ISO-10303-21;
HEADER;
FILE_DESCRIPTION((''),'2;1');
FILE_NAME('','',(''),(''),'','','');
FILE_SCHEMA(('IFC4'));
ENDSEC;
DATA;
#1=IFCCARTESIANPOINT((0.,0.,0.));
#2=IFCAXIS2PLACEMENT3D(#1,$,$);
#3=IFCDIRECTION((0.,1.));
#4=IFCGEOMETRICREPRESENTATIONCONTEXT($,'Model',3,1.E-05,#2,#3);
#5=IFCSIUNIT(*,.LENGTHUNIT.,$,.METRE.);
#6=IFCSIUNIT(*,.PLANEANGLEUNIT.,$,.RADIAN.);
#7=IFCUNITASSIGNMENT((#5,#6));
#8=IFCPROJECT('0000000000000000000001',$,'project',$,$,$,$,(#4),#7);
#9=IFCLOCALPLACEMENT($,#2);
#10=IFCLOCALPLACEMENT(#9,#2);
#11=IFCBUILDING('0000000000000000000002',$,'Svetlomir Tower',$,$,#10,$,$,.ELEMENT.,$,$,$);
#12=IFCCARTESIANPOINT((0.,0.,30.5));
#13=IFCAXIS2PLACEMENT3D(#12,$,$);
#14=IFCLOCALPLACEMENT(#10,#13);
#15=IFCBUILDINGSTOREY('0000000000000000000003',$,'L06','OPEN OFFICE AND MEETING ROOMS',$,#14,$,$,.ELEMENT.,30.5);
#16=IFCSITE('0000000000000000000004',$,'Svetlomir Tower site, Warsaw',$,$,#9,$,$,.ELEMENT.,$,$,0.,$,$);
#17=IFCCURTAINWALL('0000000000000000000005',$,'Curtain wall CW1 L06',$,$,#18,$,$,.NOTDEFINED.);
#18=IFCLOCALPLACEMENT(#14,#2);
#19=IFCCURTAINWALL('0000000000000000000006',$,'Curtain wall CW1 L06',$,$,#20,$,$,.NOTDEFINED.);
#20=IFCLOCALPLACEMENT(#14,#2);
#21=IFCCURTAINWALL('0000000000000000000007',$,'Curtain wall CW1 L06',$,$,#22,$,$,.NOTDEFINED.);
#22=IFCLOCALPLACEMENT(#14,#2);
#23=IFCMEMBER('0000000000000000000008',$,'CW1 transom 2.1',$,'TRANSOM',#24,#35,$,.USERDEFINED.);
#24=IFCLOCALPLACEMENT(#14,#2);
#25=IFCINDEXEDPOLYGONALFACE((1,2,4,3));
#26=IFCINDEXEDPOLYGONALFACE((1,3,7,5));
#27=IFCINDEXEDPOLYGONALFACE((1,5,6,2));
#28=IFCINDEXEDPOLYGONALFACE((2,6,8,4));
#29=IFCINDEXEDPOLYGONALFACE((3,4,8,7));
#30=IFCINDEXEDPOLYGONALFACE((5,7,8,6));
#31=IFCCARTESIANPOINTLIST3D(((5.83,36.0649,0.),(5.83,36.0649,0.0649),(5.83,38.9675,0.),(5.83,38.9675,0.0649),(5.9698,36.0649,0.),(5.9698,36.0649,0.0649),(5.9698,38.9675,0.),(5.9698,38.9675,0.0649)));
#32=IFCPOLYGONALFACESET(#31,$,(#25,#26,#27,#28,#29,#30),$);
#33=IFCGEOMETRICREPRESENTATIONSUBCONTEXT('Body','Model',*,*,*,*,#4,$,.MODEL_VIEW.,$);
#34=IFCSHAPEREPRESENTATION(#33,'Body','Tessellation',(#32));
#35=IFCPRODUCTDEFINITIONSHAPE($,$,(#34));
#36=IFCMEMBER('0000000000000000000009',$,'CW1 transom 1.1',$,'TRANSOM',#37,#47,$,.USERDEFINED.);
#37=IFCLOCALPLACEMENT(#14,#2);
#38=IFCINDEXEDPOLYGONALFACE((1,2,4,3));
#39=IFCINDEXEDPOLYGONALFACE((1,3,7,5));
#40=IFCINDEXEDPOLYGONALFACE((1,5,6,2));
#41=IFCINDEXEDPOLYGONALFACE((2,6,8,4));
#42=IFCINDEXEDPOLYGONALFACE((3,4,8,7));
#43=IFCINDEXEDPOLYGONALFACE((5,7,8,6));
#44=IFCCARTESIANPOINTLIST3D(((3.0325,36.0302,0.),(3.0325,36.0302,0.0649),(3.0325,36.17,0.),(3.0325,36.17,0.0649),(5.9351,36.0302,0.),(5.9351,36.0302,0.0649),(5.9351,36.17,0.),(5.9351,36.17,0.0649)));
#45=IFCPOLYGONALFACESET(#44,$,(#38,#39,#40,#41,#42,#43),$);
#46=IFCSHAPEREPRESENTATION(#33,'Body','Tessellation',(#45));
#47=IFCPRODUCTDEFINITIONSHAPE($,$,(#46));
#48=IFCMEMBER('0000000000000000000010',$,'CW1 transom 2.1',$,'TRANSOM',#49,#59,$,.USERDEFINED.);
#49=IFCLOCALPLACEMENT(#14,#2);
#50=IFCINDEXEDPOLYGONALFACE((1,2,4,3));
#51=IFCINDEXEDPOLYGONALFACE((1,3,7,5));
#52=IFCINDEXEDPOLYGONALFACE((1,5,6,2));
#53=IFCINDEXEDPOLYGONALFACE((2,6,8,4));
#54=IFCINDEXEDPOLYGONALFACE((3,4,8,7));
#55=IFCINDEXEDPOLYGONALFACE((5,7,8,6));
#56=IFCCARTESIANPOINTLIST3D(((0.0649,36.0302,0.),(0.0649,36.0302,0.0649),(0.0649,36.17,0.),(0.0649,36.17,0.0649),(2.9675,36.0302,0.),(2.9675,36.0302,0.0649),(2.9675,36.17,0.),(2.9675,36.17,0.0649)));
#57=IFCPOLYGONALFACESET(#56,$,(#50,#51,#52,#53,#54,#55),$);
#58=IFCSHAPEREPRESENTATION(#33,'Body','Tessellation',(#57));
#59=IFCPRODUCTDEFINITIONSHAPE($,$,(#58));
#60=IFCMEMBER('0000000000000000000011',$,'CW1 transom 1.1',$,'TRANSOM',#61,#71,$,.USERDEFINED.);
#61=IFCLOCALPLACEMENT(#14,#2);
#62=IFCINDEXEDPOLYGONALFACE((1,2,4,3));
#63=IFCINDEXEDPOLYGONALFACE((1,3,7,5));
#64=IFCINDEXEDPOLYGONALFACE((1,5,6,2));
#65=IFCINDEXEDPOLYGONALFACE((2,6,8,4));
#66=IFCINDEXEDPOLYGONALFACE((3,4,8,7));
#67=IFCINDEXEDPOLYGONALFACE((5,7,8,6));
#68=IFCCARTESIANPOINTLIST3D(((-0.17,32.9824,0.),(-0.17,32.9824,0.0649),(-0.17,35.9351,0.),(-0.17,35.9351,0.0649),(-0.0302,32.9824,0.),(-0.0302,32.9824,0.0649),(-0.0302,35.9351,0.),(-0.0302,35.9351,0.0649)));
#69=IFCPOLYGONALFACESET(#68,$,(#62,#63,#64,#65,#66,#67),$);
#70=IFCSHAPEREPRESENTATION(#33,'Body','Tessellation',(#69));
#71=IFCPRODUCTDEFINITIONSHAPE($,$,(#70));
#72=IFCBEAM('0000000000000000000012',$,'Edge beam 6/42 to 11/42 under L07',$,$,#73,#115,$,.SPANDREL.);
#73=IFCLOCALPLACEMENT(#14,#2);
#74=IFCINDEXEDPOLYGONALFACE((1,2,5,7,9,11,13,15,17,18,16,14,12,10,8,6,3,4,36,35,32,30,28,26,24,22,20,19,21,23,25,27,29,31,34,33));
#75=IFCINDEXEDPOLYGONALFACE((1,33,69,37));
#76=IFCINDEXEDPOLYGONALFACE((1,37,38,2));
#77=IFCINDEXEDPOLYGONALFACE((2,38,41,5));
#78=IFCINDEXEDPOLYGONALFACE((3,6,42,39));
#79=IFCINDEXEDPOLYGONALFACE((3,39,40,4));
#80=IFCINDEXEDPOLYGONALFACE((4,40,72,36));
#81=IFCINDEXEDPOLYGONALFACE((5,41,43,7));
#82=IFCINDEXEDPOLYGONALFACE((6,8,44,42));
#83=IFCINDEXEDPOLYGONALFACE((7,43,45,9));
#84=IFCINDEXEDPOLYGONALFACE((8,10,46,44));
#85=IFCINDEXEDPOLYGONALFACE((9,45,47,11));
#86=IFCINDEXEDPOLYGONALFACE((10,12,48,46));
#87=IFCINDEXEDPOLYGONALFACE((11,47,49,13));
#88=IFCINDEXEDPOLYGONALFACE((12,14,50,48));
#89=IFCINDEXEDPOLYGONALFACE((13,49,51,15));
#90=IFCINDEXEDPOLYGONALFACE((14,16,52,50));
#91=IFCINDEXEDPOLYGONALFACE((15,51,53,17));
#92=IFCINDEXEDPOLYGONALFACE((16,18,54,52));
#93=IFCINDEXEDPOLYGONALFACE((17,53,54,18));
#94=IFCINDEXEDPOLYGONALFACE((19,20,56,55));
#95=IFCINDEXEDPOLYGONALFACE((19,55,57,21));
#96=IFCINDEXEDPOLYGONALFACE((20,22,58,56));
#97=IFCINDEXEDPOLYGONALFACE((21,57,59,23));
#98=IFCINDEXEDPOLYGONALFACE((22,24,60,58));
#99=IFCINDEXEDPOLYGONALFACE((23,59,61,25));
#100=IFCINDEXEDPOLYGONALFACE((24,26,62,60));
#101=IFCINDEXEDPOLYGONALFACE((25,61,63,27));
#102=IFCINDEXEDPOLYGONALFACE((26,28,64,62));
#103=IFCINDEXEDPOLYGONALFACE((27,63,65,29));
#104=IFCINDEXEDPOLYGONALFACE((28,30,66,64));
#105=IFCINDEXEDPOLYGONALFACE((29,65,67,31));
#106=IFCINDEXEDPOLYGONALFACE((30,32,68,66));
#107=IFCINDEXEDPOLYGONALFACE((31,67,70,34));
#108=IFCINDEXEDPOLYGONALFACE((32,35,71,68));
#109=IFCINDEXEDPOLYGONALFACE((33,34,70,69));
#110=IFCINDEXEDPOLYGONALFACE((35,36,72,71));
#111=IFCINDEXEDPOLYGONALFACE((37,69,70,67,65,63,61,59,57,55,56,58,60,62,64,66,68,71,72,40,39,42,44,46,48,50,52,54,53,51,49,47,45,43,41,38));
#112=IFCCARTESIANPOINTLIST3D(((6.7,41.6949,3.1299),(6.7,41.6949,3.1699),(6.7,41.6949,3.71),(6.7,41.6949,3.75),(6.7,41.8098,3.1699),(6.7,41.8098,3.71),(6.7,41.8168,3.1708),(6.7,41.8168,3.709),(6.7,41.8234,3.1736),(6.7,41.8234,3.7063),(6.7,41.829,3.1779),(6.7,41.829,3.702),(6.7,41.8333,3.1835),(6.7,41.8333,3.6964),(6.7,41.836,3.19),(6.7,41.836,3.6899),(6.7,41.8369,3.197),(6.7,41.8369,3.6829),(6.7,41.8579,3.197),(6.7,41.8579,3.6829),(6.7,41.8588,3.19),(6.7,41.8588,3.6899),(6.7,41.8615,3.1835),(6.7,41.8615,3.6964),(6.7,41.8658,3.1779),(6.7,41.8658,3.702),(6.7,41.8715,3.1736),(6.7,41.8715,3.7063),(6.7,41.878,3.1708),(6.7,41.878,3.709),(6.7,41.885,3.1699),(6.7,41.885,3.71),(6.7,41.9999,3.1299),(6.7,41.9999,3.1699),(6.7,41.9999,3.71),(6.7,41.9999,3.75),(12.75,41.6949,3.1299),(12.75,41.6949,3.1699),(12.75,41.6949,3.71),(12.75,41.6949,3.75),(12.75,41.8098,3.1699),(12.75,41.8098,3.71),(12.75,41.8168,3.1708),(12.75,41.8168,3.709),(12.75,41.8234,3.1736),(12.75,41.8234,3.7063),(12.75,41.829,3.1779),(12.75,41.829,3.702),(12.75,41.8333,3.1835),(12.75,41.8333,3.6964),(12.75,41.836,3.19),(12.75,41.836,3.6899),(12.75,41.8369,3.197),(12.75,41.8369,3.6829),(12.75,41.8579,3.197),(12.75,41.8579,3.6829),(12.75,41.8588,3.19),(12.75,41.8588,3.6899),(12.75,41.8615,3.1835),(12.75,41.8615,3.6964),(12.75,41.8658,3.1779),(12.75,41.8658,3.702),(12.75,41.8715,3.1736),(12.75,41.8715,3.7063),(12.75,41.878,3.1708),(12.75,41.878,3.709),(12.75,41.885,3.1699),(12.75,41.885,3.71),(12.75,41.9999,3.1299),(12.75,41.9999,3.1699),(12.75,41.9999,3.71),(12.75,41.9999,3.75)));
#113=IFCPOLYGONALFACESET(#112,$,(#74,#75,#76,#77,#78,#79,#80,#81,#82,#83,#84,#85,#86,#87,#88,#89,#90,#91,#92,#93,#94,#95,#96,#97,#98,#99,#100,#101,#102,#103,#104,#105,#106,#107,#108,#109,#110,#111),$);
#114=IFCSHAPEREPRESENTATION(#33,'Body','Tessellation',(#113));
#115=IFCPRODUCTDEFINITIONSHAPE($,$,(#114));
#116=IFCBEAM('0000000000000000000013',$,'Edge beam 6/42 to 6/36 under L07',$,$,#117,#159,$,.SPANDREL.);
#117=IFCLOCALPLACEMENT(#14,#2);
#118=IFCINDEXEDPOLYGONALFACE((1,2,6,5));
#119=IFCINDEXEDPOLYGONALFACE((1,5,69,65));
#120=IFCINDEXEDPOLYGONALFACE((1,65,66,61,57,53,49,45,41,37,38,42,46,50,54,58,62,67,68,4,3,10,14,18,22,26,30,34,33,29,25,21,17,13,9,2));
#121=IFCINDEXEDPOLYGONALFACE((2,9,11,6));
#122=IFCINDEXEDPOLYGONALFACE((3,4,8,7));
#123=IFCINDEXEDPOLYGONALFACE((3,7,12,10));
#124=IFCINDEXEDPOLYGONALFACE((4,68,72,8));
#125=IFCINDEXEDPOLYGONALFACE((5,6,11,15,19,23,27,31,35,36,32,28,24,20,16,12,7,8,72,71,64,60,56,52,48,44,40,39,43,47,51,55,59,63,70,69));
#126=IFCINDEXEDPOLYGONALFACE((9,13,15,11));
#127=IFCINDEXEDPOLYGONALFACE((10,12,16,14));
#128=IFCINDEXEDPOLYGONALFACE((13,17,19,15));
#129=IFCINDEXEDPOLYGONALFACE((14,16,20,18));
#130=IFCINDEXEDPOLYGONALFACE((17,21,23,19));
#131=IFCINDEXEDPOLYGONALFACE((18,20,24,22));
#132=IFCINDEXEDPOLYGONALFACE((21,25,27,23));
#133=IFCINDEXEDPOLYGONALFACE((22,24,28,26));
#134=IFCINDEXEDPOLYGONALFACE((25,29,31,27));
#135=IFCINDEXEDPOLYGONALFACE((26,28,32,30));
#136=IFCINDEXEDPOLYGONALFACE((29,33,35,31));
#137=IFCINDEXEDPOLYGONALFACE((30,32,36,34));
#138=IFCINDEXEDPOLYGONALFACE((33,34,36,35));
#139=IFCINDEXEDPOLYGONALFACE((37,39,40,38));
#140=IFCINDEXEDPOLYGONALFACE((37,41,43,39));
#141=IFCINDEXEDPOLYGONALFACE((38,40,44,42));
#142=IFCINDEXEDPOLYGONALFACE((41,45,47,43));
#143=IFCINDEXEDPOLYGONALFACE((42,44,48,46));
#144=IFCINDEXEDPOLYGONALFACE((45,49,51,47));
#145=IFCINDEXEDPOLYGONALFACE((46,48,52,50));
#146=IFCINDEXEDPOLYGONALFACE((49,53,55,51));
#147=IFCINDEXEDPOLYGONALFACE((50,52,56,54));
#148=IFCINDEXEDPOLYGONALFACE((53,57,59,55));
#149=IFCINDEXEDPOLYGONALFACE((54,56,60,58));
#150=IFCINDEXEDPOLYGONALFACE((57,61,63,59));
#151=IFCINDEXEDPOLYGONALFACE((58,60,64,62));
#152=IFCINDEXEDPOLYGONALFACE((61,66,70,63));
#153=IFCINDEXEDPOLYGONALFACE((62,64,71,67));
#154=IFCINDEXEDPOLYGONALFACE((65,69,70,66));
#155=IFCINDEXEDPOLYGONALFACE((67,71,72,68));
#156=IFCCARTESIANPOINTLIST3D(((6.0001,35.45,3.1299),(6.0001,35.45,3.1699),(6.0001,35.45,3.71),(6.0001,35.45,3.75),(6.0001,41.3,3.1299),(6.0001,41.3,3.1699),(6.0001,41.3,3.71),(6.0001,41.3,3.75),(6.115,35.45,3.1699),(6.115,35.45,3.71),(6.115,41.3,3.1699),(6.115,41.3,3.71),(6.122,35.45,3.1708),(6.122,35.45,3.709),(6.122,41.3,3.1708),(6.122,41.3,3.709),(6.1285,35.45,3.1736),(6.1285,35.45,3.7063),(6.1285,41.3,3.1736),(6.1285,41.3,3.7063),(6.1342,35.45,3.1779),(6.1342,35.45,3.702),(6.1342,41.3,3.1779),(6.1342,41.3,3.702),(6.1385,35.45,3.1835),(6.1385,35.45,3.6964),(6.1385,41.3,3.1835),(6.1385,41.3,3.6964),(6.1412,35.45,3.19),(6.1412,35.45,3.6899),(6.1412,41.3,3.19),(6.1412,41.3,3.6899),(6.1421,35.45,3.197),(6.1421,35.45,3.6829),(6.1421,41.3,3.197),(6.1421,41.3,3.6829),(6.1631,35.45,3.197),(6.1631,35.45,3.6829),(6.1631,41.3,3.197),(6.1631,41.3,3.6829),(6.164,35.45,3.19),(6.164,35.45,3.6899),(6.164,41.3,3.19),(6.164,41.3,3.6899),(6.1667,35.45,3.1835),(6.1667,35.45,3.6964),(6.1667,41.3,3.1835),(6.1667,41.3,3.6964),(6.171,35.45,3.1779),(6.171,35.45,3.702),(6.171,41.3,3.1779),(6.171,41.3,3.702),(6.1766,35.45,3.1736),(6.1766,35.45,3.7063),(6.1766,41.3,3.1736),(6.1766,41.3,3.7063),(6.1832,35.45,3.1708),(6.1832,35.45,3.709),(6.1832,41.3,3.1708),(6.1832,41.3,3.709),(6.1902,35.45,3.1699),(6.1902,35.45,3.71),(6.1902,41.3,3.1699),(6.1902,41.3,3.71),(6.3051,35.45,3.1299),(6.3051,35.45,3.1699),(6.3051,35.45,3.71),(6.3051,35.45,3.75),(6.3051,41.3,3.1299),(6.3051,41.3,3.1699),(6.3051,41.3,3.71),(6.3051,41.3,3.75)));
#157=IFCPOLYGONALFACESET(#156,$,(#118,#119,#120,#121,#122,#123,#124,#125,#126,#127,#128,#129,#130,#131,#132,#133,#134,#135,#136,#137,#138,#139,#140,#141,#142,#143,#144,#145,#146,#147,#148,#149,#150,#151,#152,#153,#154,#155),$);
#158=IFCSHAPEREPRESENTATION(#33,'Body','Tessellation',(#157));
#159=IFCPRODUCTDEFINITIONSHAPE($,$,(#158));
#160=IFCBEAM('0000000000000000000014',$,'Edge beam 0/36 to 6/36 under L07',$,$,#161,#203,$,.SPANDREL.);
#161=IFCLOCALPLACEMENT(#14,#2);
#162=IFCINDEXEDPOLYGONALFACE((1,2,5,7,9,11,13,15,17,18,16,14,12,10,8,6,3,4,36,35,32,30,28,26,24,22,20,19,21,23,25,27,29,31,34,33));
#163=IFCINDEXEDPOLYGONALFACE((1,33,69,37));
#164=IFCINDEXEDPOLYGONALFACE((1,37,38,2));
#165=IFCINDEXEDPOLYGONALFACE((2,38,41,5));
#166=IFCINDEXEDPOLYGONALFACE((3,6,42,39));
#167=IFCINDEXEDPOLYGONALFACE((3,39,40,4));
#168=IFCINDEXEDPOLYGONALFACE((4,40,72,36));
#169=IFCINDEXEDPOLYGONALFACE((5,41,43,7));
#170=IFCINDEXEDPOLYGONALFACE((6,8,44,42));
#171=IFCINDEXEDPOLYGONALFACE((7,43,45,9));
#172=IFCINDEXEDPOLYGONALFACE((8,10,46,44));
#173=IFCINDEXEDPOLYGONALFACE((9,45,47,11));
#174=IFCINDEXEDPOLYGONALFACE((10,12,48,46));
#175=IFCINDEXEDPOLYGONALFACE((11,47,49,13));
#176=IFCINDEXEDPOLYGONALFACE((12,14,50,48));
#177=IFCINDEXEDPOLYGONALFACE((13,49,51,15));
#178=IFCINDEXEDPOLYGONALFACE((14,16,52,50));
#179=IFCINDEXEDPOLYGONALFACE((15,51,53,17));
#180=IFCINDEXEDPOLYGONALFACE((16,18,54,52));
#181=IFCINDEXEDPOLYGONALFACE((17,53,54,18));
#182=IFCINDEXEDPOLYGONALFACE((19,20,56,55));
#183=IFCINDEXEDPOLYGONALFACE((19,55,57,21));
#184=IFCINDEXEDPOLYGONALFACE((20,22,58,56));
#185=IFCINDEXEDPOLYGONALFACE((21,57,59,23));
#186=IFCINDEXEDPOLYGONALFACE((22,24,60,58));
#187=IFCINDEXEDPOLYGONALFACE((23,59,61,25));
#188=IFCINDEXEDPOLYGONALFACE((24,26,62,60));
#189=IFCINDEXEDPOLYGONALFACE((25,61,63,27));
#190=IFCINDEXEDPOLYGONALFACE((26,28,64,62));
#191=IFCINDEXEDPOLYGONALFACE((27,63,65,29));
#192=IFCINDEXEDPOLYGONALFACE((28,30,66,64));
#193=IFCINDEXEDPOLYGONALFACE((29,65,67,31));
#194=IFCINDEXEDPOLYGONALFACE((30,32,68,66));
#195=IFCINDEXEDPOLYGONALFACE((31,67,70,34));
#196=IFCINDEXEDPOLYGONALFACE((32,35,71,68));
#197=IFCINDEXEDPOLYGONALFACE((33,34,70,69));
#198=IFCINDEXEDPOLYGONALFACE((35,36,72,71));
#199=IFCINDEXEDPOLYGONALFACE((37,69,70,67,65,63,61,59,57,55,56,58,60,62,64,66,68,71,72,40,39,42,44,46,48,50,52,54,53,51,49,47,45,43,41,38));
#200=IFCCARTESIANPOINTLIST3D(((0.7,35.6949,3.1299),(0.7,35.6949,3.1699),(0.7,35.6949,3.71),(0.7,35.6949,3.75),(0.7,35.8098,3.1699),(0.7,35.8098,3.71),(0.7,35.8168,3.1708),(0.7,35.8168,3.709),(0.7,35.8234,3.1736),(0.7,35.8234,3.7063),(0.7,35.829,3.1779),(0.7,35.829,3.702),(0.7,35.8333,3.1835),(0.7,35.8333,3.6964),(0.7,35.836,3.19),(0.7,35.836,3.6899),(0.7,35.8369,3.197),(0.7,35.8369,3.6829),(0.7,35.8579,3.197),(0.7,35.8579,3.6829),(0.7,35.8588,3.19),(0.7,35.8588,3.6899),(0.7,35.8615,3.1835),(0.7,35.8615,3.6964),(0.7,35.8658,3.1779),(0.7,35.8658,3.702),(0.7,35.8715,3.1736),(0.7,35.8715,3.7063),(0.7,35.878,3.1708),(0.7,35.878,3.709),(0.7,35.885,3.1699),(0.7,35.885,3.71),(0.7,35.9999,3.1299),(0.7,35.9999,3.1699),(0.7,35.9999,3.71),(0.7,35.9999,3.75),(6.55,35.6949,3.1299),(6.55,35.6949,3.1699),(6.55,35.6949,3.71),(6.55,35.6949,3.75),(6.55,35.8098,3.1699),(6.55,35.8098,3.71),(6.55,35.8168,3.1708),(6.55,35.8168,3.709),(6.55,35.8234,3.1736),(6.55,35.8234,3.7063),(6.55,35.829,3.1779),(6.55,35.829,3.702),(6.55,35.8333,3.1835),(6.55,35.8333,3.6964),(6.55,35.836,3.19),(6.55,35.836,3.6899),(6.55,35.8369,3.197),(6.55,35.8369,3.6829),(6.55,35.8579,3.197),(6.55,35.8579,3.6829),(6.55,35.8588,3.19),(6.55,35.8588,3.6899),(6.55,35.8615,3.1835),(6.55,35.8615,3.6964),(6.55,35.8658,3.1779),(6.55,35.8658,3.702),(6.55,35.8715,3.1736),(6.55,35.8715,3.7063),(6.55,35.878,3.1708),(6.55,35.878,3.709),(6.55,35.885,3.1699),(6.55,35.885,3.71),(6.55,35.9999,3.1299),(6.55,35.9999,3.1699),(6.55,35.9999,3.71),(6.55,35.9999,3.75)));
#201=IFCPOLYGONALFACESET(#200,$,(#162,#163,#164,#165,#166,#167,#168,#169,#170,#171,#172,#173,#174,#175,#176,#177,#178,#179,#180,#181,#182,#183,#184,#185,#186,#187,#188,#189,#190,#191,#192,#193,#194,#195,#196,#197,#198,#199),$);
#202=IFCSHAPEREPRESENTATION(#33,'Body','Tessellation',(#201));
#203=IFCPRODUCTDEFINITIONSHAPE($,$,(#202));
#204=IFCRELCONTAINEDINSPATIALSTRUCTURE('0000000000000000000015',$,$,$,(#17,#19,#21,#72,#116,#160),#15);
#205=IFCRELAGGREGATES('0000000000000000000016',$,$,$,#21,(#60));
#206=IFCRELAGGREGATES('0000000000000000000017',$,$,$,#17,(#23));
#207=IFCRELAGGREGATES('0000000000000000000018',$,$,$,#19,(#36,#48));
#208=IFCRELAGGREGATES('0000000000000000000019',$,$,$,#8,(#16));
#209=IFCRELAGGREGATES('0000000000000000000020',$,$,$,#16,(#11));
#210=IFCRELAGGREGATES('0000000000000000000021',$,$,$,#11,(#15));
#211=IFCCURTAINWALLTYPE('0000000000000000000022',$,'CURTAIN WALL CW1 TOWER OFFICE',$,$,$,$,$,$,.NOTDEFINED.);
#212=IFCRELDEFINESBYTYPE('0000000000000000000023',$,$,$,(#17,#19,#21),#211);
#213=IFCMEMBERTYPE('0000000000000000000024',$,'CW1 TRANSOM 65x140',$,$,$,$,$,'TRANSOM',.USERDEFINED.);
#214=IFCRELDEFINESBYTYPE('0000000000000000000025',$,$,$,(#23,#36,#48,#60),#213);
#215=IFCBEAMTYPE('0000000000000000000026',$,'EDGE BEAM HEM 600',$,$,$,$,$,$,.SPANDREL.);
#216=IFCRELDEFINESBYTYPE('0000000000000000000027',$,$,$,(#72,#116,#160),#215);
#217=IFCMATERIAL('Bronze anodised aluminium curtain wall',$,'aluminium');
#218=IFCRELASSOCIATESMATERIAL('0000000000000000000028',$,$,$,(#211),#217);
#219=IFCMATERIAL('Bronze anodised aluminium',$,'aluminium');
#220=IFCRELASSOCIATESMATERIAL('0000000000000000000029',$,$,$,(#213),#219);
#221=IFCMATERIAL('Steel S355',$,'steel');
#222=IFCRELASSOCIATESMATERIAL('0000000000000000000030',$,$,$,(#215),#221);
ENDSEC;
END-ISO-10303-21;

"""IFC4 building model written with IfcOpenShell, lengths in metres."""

from ifc_helpers import new_model, si_unit, direction, frame, origin, origin_2d, place, context, subcontext, project, spatial, rectangle, i_section, extrude, material, material_profile, profile_set, type_object, element, aggregate, save


model = new_model("IFC4")

# Units and contexts
model_context = context("Model", 3, precision=1e-05, world=origin(), true_north=direction((0.0, 1.0)))
body_context = subcontext(model_context, "Body", "Model", "MODEL_VIEW")
ifc_project = project(units=[si_unit("LENGTHUNIT", "METRE"), si_unit("PLANEANGLEUNIT", "RADIAN")], contexts=[model_context])

# Site, building, storey
site_placement = place(None, origin())
site = spatial("IfcSite", under=ifc_project, at=site_placement, Name="Svetlomir Tower site, Warsaw", CompositionType="ELEMENT", RefElevation=0.0)
building_placement = place(site_placement, origin())
building = spatial("IfcBuilding", under=site, at=building_placement, Name="Svetlomir Tower", CompositionType="ELEMENT")
storey_placement = place(building_placement, frame((0.0, 0.0, 30.5)))
storey = spatial("IfcBuildingStorey", under=building, at=storey_placement, Name="L06", Description="OPEN OFFICE AND MEETING ROOMS", CompositionType="ELEMENT", Elevation=30.5)

# Curtain walls
ifc_material_1 = material(Name="Bronze anodised aluminium curtain wall", Category="aluminium")
curtain_wall_type = type_object("IfcCurtainWallType", Name="CURTAIN WALL CW1 TOWER OFFICE", PredefinedType="NOTDEFINED", material=ifc_material_1)
curtain_wall_1_placement = place(storey_placement, origin())
curtain_wall_1 = element("IfcCurtainWall", 1, at=curtain_wall_1_placement, inside=storey, type_object=curtain_wall_type, Name="Curtain wall CW1 L06", PredefinedType="NOTDEFINED")
curtain_wall_2_placement = place(storey_placement, origin())
curtain_wall_2 = element("IfcCurtainWall", 2, at=curtain_wall_2_placement, inside=storey, type_object=curtain_wall_type, Name="Curtain wall CW1 L06", PredefinedType="NOTDEFINED")

# Curtain wall
curtain_wall_3_placement = place(storey_placement, origin())
curtain_wall_3 = element("IfcCurtainWall", 3, at=curtain_wall_3_placement, inside=storey, type_object=curtain_wall_type, Name="Curtain wall CW1 L06", PredefinedType="NOTDEFINED")

# Members
ifc_material_2 = material(Name="Bronze anodised aluminium", Category="aluminium")
ifc_material_profile_1 = material_profile(ifc_material_2, rectangle(XDim=0.1399, YDim=0.0649, at=origin_2d()), Name="AL 140x65")
ifc_profile_set_1 = profile_set([ifc_material_profile_1], Name="Bronze anodised aluminium 6063-T6")
member_type_1 = type_object("IfcMemberType", Name="CW1 TRANSOM 65x140", ElementType="TRANSOM", PredefinedType="USERDEFINED", material=ifc_profile_set_1)
member_1_placement = place(storey_placement, frame((5.8999, 38.9675, 0.0325), z_axis=(0.0, -1.0, 0.0), x_axis=(1.0, 0.0, 0.0)))
member_1 = element("IfcMember", 4, at=member_1_placement, type_object=member_type_1, Name="CW1 transom 2.1", ObjectType="TRANSOM", PredefinedType="USERDEFINED", context=body_context, shape_type="SweptSolid", body=[
    extrude(rectangle(XDim=0.1399, YDim=0.0649, at=origin_2d()), origin(), (0.0, 0.0, 1.0), 2.9026),
])
member_2_placement = place(storey_placement, frame((5.9351, 36.1001, 0.0325), z_axis=(-1.0, 0.0, 0.0), x_axis=(0.0, -1.0, 0.0)))
member_2 = element("IfcMember", 5, at=member_2_placement, type_object=member_type_1, Name="CW1 transom 1.1", ObjectType="TRANSOM", PredefinedType="USERDEFINED", context=body_context, shape_type="SweptSolid", body=[
    extrude(rectangle(XDim=0.1399, YDim=0.0649, at=origin_2d()), origin(), (0.0, 0.0, 1.0), 2.9026),
])
member_3_placement = place(storey_placement, frame((2.9675, 36.1001, 0.0325), z_axis=(-1.0, 0.0, 0.0), x_axis=(0.0, -1.0, 0.0)))
member_3 = element("IfcMember", 6, at=member_3_placement, type_object=member_type_1, Name="CW1 transom 2.1", ObjectType="TRANSOM", PredefinedType="USERDEFINED", context=body_context, shape_type="SweptSolid", body=[
    extrude(rectangle(XDim=0.1399, YDim=0.0649, at=origin_2d()), origin(), (0.0, 0.0, 1.0), 2.9026),
])
member_4_placement = place(storey_placement, frame((-0.1001, 35.9351, 0.0325), z_axis=(0.0, -1.0, 0.0), x_axis=(1.0, 0.0, 0.0)))
member_4 = element("IfcMember", 7, at=member_4_placement, type_object=member_type_1, Name="CW1 transom 1.1", ObjectType="TRANSOM", PredefinedType="USERDEFINED", context=body_context, shape_type="SweptSolid", body=[
    extrude(rectangle(XDim=0.1399, YDim=0.0649, at=origin_2d()), origin(), (0.0, 0.0, 1.0), 2.9526),
])
aggregate(curtain_wall_3, [member_4])

# Beams
ifc_material_3 = material(Name="Steel S355", Category="steel")
ifc_material_profile_2 = material_profile(ifc_material_3, i_section(OverallWidth=0.3049, OverallDepth=0.6201, WebThickness=0.021, FlangeThickness=0.04, FilletRadius=0.0271, at=origin_2d()), Name="HEM 600")
ifc_profile_set_2 = profile_set([ifc_material_profile_2], Name="Steel S355")
beam_type = type_object("IfcBeamType", Name="EDGE BEAM HEM 600", PredefinedType="SPANDREL", material=ifc_profile_set_2)
beam_placement = place(storey_placement, frame((6.7, 41.8474, 3.4399), z_axis=(1.0, 0.0, 0.0), x_axis=(0.0, 1.0, 0.0)))
element("IfcBeam", 8, at=beam_placement, inside=storey, type_object=beam_type, Name="Edge beam 6/42 to 11/42 under L07", PredefinedType="SPANDREL", context=body_context, shape_type="SweptSolid", body=[
    extrude(i_section(OverallWidth=0.3049, OverallDepth=0.6201, WebThickness=0.021, FlangeThickness=0.04, FilletRadius=0.0271, at=origin_2d()), origin(), (0.0, 0.0, 1.0), 6.05),
])
for number, where, z_axis, x_axis, name in (
    (9, (6.1526, 41.3, 3.4399), (0.0, -1.0, 0.0), (1.0, 0.0, 0.0), "Edge beam 6/42 to 6/36 under L07"),
    (10, (0.7, 35.8474, 3.4399), (1.0, 0.0, 0.0), (0.0, 1.0, 0.0), "Edge beam 0/36 to 6/36 under L07"),
):
    element("IfcBeam", number, at=place(storey_placement, frame(where, z_axis=z_axis, x_axis=x_axis)), inside=storey, type_object=beam_type, Name=name, PredefinedType="SPANDREL", context=body_context, shape_type="SweptSolid", body=[
        extrude(i_section(OverallWidth=0.3049, OverallDepth=0.6201, WebThickness=0.021, FlangeThickness=0.04, FilletRadius=0.0271, at=origin_2d()), origin(), (0.0, 0.0, 1.0), 5.8501),
    ])

aggregate(curtain_wall_1, [member_1])
aggregate(curtain_wall_2, [member_2, member_3])

save(model, "model.ifc")
